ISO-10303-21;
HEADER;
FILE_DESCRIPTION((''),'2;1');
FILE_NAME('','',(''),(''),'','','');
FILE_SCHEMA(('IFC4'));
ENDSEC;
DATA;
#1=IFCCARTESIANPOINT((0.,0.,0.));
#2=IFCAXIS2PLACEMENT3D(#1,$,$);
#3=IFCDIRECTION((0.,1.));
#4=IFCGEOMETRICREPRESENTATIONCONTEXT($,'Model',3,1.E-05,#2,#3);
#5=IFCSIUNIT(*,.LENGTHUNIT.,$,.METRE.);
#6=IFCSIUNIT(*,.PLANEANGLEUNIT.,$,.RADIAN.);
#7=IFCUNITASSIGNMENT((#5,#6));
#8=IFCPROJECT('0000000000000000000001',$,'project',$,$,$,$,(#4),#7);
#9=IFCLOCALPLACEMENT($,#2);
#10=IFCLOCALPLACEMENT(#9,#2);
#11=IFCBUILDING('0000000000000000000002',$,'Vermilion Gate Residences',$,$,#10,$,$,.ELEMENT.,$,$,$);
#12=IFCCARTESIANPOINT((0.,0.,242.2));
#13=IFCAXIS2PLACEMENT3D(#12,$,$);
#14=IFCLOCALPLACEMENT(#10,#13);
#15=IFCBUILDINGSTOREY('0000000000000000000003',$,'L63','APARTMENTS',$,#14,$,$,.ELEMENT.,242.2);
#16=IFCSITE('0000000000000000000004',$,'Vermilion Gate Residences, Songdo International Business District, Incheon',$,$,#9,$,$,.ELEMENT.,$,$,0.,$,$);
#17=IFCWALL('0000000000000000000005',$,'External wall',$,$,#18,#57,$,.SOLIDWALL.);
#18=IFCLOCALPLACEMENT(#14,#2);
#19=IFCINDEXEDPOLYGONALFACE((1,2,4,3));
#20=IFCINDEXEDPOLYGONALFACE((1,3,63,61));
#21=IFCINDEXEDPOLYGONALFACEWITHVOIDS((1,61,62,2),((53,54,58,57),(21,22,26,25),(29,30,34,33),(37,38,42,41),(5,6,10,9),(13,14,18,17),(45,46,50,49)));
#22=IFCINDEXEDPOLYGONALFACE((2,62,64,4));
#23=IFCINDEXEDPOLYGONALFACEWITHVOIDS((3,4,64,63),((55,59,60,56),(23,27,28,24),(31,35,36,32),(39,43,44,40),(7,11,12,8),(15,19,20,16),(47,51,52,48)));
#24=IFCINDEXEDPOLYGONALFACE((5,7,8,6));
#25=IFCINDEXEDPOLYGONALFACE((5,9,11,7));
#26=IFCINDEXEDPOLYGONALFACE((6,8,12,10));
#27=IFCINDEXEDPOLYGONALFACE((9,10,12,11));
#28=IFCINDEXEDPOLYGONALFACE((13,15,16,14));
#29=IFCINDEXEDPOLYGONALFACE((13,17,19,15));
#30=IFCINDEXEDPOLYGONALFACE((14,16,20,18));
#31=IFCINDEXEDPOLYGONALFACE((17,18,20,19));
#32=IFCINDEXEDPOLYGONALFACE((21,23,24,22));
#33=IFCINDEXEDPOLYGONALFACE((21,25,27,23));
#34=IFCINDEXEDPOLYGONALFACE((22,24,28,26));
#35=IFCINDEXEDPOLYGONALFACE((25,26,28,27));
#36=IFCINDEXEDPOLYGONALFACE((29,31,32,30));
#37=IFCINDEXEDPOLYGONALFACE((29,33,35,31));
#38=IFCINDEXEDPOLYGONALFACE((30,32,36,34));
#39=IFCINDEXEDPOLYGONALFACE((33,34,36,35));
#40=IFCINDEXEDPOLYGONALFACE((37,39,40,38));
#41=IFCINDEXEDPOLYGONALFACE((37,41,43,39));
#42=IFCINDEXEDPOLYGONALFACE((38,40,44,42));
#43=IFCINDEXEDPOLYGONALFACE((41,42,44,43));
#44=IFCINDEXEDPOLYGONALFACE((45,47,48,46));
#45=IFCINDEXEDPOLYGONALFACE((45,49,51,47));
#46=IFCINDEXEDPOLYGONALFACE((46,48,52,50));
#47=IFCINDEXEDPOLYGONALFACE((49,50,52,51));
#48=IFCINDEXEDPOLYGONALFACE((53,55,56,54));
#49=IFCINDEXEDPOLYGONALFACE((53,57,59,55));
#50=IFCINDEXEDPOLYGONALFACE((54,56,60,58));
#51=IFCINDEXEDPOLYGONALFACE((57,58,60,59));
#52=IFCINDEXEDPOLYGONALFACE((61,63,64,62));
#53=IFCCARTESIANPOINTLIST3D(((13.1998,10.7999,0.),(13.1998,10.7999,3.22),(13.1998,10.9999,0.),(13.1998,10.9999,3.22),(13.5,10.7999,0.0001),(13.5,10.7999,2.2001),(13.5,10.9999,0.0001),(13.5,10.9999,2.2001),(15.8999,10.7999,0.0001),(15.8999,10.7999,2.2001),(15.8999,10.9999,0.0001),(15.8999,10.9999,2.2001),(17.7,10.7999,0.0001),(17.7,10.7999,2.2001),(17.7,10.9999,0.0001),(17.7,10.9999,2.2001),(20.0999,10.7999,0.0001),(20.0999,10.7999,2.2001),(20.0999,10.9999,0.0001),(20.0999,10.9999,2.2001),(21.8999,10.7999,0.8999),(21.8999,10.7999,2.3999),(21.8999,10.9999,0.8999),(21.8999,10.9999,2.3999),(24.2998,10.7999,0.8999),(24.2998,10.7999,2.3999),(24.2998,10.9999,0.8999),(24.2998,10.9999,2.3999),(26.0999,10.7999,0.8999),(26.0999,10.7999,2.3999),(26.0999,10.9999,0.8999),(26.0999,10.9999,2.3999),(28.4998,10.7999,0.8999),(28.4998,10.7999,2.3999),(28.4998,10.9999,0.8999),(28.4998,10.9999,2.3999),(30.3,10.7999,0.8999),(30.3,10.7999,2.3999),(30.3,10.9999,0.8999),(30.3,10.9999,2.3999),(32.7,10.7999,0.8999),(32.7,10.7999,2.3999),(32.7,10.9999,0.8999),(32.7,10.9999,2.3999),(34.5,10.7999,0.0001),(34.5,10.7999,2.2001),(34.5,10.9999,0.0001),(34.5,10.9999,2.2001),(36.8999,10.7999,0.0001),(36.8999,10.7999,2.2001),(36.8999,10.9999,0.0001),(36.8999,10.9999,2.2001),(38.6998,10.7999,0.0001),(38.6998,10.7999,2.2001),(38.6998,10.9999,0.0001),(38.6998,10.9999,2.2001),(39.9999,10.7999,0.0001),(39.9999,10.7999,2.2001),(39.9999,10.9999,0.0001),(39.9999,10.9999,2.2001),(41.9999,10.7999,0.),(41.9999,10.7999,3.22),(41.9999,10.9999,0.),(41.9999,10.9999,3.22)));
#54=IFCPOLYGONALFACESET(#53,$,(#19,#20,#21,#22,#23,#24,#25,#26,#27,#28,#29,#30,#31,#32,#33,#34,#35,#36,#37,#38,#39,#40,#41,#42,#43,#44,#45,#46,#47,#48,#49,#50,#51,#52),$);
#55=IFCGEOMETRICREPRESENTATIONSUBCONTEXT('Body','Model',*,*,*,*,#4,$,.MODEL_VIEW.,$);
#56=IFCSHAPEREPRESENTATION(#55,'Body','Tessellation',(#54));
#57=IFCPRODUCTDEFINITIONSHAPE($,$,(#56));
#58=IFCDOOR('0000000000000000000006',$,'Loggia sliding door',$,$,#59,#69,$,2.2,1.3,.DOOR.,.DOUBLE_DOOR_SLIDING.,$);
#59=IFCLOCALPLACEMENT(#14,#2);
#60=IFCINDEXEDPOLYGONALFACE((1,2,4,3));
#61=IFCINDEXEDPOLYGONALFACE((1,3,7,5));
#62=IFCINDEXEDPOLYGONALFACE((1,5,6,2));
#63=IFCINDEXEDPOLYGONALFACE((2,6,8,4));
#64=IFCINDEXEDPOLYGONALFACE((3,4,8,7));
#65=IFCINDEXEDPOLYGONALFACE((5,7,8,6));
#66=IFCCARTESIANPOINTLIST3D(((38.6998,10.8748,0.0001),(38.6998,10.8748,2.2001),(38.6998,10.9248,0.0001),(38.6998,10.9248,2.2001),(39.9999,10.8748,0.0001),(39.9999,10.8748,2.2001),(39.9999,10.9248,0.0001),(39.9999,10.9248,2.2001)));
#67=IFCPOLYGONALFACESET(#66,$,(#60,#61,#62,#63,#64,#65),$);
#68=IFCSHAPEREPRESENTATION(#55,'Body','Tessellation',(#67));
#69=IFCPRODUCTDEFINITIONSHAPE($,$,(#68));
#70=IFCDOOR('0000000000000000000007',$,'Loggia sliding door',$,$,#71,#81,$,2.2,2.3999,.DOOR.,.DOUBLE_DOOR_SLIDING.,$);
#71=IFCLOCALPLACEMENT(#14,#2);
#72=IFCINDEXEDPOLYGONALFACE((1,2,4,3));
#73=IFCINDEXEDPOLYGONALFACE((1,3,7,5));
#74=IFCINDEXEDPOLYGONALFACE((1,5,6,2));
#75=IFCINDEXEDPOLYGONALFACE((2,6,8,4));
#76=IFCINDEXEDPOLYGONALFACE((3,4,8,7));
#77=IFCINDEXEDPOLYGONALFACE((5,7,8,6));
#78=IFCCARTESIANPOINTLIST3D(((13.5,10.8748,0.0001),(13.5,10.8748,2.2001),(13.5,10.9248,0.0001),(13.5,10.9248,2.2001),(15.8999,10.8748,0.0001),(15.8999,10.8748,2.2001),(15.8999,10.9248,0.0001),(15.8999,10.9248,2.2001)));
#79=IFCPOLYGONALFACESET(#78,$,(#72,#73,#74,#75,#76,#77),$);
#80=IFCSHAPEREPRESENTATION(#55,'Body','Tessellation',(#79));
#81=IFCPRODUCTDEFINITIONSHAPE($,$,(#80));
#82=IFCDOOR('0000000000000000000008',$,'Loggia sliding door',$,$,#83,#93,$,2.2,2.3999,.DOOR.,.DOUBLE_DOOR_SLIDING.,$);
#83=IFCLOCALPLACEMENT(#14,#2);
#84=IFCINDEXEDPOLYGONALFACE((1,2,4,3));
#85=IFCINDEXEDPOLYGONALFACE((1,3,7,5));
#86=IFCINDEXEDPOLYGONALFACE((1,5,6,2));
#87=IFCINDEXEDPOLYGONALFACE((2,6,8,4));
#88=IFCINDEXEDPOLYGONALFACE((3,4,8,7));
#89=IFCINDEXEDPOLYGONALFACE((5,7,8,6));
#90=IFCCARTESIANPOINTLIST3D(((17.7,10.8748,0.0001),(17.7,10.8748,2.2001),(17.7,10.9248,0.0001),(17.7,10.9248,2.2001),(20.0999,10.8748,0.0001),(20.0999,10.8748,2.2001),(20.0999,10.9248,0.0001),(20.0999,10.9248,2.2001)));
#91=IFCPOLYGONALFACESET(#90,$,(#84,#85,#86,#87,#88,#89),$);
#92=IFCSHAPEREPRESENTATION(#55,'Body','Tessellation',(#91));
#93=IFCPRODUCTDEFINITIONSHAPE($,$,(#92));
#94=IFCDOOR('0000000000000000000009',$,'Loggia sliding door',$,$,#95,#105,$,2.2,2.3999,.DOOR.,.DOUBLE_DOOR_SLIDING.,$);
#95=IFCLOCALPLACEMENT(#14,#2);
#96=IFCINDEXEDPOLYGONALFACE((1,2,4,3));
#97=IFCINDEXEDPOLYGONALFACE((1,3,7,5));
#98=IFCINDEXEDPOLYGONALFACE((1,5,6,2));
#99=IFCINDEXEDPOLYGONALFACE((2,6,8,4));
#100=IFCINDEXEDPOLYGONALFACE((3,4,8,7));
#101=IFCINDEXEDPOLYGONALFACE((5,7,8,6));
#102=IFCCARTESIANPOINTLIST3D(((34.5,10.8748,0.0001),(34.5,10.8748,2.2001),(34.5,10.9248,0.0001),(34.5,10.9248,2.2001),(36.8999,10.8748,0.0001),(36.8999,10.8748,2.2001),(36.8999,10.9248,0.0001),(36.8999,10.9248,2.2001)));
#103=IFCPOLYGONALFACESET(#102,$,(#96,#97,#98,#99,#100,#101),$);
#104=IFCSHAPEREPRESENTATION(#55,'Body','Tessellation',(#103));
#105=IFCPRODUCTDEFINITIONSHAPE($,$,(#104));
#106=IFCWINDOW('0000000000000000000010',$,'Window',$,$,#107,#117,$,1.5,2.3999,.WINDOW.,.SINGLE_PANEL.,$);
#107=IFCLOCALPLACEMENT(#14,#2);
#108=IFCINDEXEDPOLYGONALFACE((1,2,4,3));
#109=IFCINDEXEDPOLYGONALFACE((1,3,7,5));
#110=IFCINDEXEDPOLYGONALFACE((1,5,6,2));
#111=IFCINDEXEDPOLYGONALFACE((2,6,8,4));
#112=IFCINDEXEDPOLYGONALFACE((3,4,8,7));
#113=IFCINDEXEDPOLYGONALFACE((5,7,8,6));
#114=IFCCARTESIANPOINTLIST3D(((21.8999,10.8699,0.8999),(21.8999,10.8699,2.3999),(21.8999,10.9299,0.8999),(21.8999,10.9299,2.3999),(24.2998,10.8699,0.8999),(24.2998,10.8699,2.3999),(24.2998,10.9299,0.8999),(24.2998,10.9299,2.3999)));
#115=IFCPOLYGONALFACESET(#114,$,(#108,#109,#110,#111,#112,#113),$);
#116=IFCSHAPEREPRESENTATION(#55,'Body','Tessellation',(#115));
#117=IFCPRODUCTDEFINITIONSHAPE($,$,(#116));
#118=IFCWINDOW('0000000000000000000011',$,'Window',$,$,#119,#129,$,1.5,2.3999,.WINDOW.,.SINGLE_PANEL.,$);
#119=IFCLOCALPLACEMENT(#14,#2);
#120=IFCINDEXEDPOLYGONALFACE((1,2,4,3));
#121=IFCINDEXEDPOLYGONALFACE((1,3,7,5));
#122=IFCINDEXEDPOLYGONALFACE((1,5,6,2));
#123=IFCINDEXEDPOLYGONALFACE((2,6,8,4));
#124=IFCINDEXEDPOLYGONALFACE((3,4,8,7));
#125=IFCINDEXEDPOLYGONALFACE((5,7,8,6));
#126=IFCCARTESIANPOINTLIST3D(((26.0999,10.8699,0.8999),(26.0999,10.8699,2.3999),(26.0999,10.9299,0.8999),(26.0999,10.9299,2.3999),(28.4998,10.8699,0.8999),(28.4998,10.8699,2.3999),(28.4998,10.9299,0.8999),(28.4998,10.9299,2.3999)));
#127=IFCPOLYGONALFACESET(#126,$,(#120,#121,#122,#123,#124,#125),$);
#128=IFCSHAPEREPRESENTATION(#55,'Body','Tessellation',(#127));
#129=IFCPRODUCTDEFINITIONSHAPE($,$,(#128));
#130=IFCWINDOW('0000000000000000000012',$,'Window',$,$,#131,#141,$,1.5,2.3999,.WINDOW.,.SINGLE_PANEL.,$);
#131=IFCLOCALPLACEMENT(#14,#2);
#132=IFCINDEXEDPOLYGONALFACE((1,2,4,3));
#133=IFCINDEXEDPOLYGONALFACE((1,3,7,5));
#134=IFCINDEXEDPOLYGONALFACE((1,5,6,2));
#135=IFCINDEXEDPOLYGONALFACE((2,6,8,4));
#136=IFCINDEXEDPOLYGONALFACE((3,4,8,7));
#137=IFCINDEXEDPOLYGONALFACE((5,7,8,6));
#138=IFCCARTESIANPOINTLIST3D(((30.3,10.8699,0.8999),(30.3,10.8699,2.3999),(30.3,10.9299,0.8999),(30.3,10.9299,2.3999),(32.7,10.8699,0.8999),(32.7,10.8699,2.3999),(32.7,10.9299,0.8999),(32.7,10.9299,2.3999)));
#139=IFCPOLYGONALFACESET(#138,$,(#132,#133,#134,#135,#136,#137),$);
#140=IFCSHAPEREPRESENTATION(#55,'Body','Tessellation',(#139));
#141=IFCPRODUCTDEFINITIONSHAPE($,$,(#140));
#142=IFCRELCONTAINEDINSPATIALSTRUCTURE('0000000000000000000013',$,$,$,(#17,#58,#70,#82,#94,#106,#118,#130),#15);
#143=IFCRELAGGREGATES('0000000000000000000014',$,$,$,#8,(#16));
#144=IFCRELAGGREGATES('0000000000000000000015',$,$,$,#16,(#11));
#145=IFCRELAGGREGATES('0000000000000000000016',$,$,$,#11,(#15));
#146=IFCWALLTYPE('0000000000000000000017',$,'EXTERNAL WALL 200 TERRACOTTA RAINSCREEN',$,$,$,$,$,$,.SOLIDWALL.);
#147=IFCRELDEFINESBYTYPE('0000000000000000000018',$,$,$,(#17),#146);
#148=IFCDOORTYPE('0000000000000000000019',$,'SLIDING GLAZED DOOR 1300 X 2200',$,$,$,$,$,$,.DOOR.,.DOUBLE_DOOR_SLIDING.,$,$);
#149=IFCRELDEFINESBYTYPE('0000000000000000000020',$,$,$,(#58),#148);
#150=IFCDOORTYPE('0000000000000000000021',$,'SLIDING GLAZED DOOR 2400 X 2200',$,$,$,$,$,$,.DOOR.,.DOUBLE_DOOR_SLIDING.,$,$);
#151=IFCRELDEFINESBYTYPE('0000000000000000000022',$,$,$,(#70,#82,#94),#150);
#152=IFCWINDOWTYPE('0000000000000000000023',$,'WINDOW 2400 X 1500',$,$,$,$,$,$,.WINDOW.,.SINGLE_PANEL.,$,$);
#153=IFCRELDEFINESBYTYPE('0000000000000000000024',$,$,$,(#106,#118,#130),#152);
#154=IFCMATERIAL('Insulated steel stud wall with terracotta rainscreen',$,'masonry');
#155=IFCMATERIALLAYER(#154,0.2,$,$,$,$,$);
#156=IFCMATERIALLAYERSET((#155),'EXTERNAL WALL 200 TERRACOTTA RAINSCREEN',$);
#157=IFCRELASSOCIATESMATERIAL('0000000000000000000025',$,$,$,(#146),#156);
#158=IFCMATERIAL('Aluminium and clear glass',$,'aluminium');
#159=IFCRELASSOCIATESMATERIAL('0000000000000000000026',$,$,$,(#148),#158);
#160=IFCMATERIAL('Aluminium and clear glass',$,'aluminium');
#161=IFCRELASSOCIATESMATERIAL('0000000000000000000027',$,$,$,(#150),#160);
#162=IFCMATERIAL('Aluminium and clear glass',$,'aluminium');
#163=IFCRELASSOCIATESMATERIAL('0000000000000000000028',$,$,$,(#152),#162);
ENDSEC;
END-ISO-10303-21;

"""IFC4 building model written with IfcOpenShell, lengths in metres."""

from ifc_helpers import new_model, si_unit, direction, frame, frame_2d, origin, place, context, subcontext, project, spatial, rectangle, extrude, material, layer, layer_set, type_object, element, fill, save


model = new_model("IFC4")

# Units and contexts
model_context = context("Model", 3, precision=1e-05, world=origin(), true_north=direction((0.0, 1.0)))
body_context = subcontext(model_context, "Body", "Model", "MODEL_VIEW")
ifc_project = project(units=[si_unit("LENGTHUNIT", "METRE"), si_unit("PLANEANGLEUNIT", "RADIAN")], contexts=[model_context])

# Site, building, storey
site_placement = place(None, origin())
site = spatial("IfcSite", under=ifc_project, at=site_placement, Name="Vermilion Gate Residences, Songdo International Business District, Incheon", CompositionType="ELEMENT", RefElevation=0.0)
building_placement = place(site_placement, origin())
building = spatial("IfcBuilding", under=site, at=building_placement, Name="Vermilion Gate Residences", CompositionType="ELEMENT")
storey_placement = place(building_placement, frame((0.0, 0.0, 242.2)))
storey = spatial("IfcBuildingStorey", under=building, at=storey_placement, Name="L63", Description="APARTMENTS", CompositionType="ELEMENT", Elevation=242.2)

# Shared definitions
ifc_material_1 = material(Name="Insulated steel stud wall with terracotta rainscreen", Category="masonry")
ifc_layer_1 = layer(ifc_material_1, 0.2)
ifc_layer_set_1 = layer_set([ifc_layer_1], Name="EXTERNAL WALL 200 TERRACOTTA RAINSCREEN")
wall_type_1 = type_object("IfcWallType", Name="EXTERNAL WALL 200 TERRACOTTA RAINSCREEN", PredefinedType="SOLIDWALL", material=ifc_layer_set_1)

# Wall, openings, doors, windows
wall_1_placement = place(storey_placement, frame((13.2, 10.8999, 0.0), z_axis=(0.0, 0.0, 1.0), x_axis=(1.0, 0.0, 0.0)))
wall_1 = element("IfcWall", 1, at=wall_1_placement, inside=storey, type_object=wall_type_1, Name="External wall", PredefinedType="SOLIDWALL", context=body_context, shape_type="SweptSolid", body=[
    extrude(rectangle(XDim=28.8, YDim=0.2, at=frame_2d((14.3999, 0.0))), origin(), (0.0, 0.0, 1.0), 3.22),
])
opening_1_placement = place(wall_1_placement, frame((0.3, 0.0, 0.0)))
opening_1 = element("IfcOpeningElement", 2, at=opening_1_placement, cuts=wall_1, PredefinedType="OPENING", context=body_context, shape_type="SweptSolid", body=[
    extrude(rectangle(XDim=2.3999, YDim=2.2, at=frame_2d((1.2, 1.1001))), frame((0.0, 0.1099, 0.0), z_axis=(0.0, -1.0, 0.0), x_axis=(1.0, 0.0, 0.0)), (0.0, 0.0, 1.0), 0.22),
])
opening_2_placement = place(wall_1_placement, frame((4.5, 0.0, 0.0)))
opening_2 = element("IfcOpeningElement", 3, at=opening_2_placement, cuts=wall_1, PredefinedType="OPENING", context=body_context, shape_type="SweptSolid", body=[
    extrude(rectangle(XDim=2.3999, YDim=2.2, at=frame_2d((1.2, 1.1001))), frame((0.0, 0.1099, 0.0), z_axis=(0.0, -1.0, 0.0), x_axis=(1.0, 0.0, 0.0)), (0.0, 0.0, 1.0), 0.22),
])
opening_3_placement = place(wall_1_placement, frame((8.7, 0.0, 0.8999)))
opening_3 = element("IfcOpeningElement", 4, at=opening_3_placement, cuts=wall_1, PredefinedType="OPENING", context=body_context, shape_type="SweptSolid", body=[
    extrude(rectangle(XDim=2.3999, YDim=1.5, at=frame_2d((1.2, 0.75))), frame((0.0, 0.1099, 0.0), z_axis=(0.0, -1.0, 0.0), x_axis=(1.0, 0.0, 0.0)), (0.0, 0.0, 1.0), 0.22),
])
opening_4_placement = place(wall_1_placement, frame((12.8999, 0.0, 0.8999)))
opening_4 = element("IfcOpeningElement", 5, at=opening_4_placement, cuts=wall_1, PredefinedType="OPENING", context=body_context, shape_type="SweptSolid", body=[
    extrude(rectangle(XDim=2.3999, YDim=1.5, at=frame_2d((1.2, 0.75))), frame((0.0, 0.1099, 0.0), z_axis=(0.0, -1.0, 0.0), x_axis=(1.0, 0.0, 0.0)), (0.0, 0.0, 1.0), 0.22),
])
opening_5_placement = place(wall_1_placement, frame((17.1001, 0.0, 0.8999)))
opening_5 = element("IfcOpeningElement", 6, at=opening_5_placement, cuts=wall_1, PredefinedType="OPENING", context=body_context, shape_type="SweptSolid", body=[
    extrude(rectangle(XDim=2.3999, YDim=1.5, at=frame_2d((1.2, 0.75))), frame((0.0, 0.1099, 0.0), z_axis=(0.0, -1.0, 0.0), x_axis=(1.0, 0.0, 0.0)), (0.0, 0.0, 1.0), 0.22),
])
opening_6_placement = place(wall_1_placement, frame((21.3, 0.0, 0.0)))
opening_6 = element("IfcOpeningElement", 7, at=opening_6_placement, cuts=wall_1, PredefinedType="OPENING", context=body_context, shape_type="SweptSolid", body=[
    extrude(rectangle(XDim=2.3999, YDim=2.2, at=frame_2d((1.2, 1.1001))), frame((0.0, 0.1099, 0.0), z_axis=(0.0, -1.0, 0.0), x_axis=(1.0, 0.0, 0.0)), (0.0, 0.0, 1.0), 0.22),
])
opening_7_placement = place(wall_1_placement, frame((25.5, 0.0, 0.0)))
opening_7 = element("IfcOpeningElement", 8, at=opening_7_placement, cuts=wall_1, PredefinedType="OPENING", context=body_context, shape_type="SweptSolid", body=[
    extrude(rectangle(XDim=1.3, YDim=2.2, at=frame_2d((0.6499, 1.1001))), frame((0.0, 0.1099, 0.0), z_axis=(0.0, -1.0, 0.0), x_axis=(1.0, 0.0, 0.0)), (0.0, 0.0, 1.0), 0.22),
])
ifc_material_2 = material(Name="Aluminium and clear glass", Category="aluminium")
door_type_1 = type_object("IfcDoorType", Name="SLIDING GLAZED DOOR 1300 X 2200", OperationType="DOUBLE_DOOR_SLIDING", PredefinedType="DOOR", material=ifc_material_2)
door_1_placement = place(opening_7_placement, origin())
door_1 = element("IfcDoor", 9, at=door_1_placement, inside=storey, type_object=door_type_1, Name="Loggia sliding door", OperationType="DOUBLE_DOOR_SLIDING", OverallHeight=2.2, OverallWidth=1.3, PredefinedType="DOOR", context=body_context, shape_type="SweptSolid", body=[
    extrude(rectangle(XDim=1.3, YDim=2.2, at=frame_2d((0.6499, 1.1001))), frame((0.0, 0.0249, 0.0), z_axis=(0.0, -1.0, 0.0), x_axis=(1.0, 0.0, 0.0)), (0.0, 0.0, 1.0), 0.05),
])
fill(opening_7, door_1)
ifc_material_3 = material(Name="Aluminium and clear glass", Category="aluminium")
door_type_2 = type_object("IfcDoorType", Name="SLIDING GLAZED DOOR 2400 X 2200", OperationType="DOUBLE_DOOR_SLIDING", PredefinedType="DOOR", material=ifc_material_3)
door_2_placement = place(opening_1_placement, origin())
door_2 = element("IfcDoor", 10, at=door_2_placement, inside=storey, type_object=door_type_2, Name="Loggia sliding door", OperationType="DOUBLE_DOOR_SLIDING", OverallHeight=2.2, OverallWidth=2.3999, PredefinedType="DOOR", context=body_context, shape_type="SweptSolid", body=[
    extrude(rectangle(XDim=2.3999, YDim=2.2, at=frame_2d((1.2, 1.1001))), frame((0.0, 0.0249, 0.0), z_axis=(0.0, -1.0, 0.0), x_axis=(1.0, 0.0, 0.0)), (0.0, 0.0, 1.0), 0.05),
])
fill(opening_1, door_2)
door_3_placement = place(opening_2_placement, origin())
door_3 = element("IfcDoor", 11, at=door_3_placement, inside=storey, type_object=door_type_2, Name="Loggia sliding door", OperationType="DOUBLE_DOOR_SLIDING", OverallHeight=2.2, OverallWidth=2.3999, PredefinedType="DOOR", context=body_context, shape_type="SweptSolid", body=[
    extrude(rectangle(XDim=2.3999, YDim=2.2, at=frame_2d((1.2, 1.1001))), frame((0.0, 0.0249, 0.0), z_axis=(0.0, -1.0, 0.0), x_axis=(1.0, 0.0, 0.0)), (0.0, 0.0, 1.0), 0.05),
])
fill(opening_2, door_3)
door_4_placement = place(opening_6_placement, origin())
door_4 = element("IfcDoor", 12, at=door_4_placement, inside=storey, type_object=door_type_2, Name="Loggia sliding door", OperationType="DOUBLE_DOOR_SLIDING", OverallHeight=2.2, OverallWidth=2.3999, PredefinedType="DOOR", context=body_context, shape_type="SweptSolid", body=[
    extrude(rectangle(XDim=2.3999, YDim=2.2, at=frame_2d((1.2, 1.1001))), frame((0.0, 0.0249, 0.0), z_axis=(0.0, -1.0, 0.0), x_axis=(1.0, 0.0, 0.0)), (0.0, 0.0, 1.0), 0.05),
])
fill(opening_6, door_4)
ifc_material_4 = material(Name="Aluminium and clear glass", Category="aluminium")
window_type = type_object("IfcWindowType", Name="WINDOW 2400 X 1500", PartitioningType="SINGLE_PANEL", PredefinedType="WINDOW", material=ifc_material_4)
window_1_placement = place(opening_3_placement, origin())
window_1 = element("IfcWindow", 13, at=window_1_placement, inside=storey, type_object=window_type, Name="Window", OverallHeight=1.5, OverallWidth=2.3999, PartitioningType="SINGLE_PANEL", PredefinedType="WINDOW", context=body_context, shape_type="SweptSolid", body=[
    extrude(rectangle(XDim=2.3999, YDim=1.5, at=frame_2d((1.2, 0.75))), frame((0.0, 0.03, 0.0), z_axis=(0.0, -1.0, 0.0), x_axis=(1.0, 0.0, 0.0)), (0.0, 0.0, 1.0), 0.0601),
])
fill(opening_3, window_1)
window_2_placement = place(opening_4_placement, origin())
window_2 = element("IfcWindow", 14, at=window_2_placement, inside=storey, type_object=window_type, Name="Window", OverallHeight=1.5, OverallWidth=2.3999, PartitioningType="SINGLE_PANEL", PredefinedType="WINDOW", context=body_context, shape_type="SweptSolid", body=[
    extrude(rectangle(XDim=2.3999, YDim=1.5, at=frame_2d((1.2, 0.75))), frame((0.0, 0.03, 0.0), z_axis=(0.0, -1.0, 0.0), x_axis=(1.0, 0.0, 0.0)), (0.0, 0.0, 1.0), 0.0601),
])
fill(opening_4, window_2)
window_3_placement = place(opening_5_placement, origin())
window_3 = element("IfcWindow", 15, at=window_3_placement, inside=storey, type_object=window_type, Name="Window", OverallHeight=1.5, OverallWidth=2.3999, PartitioningType="SINGLE_PANEL", PredefinedType="WINDOW", context=body_context, shape_type="SweptSolid", body=[
    extrude(rectangle(XDim=2.3999, YDim=1.5, at=frame_2d((1.2, 0.75))), frame((0.0, 0.03, 0.0), z_axis=(0.0, -1.0, 0.0), x_axis=(1.0, 0.0, 0.0)), (0.0, 0.0, 1.0), 0.0601),
])
fill(opening_5, window_3)

save(model, "model.ifc")
